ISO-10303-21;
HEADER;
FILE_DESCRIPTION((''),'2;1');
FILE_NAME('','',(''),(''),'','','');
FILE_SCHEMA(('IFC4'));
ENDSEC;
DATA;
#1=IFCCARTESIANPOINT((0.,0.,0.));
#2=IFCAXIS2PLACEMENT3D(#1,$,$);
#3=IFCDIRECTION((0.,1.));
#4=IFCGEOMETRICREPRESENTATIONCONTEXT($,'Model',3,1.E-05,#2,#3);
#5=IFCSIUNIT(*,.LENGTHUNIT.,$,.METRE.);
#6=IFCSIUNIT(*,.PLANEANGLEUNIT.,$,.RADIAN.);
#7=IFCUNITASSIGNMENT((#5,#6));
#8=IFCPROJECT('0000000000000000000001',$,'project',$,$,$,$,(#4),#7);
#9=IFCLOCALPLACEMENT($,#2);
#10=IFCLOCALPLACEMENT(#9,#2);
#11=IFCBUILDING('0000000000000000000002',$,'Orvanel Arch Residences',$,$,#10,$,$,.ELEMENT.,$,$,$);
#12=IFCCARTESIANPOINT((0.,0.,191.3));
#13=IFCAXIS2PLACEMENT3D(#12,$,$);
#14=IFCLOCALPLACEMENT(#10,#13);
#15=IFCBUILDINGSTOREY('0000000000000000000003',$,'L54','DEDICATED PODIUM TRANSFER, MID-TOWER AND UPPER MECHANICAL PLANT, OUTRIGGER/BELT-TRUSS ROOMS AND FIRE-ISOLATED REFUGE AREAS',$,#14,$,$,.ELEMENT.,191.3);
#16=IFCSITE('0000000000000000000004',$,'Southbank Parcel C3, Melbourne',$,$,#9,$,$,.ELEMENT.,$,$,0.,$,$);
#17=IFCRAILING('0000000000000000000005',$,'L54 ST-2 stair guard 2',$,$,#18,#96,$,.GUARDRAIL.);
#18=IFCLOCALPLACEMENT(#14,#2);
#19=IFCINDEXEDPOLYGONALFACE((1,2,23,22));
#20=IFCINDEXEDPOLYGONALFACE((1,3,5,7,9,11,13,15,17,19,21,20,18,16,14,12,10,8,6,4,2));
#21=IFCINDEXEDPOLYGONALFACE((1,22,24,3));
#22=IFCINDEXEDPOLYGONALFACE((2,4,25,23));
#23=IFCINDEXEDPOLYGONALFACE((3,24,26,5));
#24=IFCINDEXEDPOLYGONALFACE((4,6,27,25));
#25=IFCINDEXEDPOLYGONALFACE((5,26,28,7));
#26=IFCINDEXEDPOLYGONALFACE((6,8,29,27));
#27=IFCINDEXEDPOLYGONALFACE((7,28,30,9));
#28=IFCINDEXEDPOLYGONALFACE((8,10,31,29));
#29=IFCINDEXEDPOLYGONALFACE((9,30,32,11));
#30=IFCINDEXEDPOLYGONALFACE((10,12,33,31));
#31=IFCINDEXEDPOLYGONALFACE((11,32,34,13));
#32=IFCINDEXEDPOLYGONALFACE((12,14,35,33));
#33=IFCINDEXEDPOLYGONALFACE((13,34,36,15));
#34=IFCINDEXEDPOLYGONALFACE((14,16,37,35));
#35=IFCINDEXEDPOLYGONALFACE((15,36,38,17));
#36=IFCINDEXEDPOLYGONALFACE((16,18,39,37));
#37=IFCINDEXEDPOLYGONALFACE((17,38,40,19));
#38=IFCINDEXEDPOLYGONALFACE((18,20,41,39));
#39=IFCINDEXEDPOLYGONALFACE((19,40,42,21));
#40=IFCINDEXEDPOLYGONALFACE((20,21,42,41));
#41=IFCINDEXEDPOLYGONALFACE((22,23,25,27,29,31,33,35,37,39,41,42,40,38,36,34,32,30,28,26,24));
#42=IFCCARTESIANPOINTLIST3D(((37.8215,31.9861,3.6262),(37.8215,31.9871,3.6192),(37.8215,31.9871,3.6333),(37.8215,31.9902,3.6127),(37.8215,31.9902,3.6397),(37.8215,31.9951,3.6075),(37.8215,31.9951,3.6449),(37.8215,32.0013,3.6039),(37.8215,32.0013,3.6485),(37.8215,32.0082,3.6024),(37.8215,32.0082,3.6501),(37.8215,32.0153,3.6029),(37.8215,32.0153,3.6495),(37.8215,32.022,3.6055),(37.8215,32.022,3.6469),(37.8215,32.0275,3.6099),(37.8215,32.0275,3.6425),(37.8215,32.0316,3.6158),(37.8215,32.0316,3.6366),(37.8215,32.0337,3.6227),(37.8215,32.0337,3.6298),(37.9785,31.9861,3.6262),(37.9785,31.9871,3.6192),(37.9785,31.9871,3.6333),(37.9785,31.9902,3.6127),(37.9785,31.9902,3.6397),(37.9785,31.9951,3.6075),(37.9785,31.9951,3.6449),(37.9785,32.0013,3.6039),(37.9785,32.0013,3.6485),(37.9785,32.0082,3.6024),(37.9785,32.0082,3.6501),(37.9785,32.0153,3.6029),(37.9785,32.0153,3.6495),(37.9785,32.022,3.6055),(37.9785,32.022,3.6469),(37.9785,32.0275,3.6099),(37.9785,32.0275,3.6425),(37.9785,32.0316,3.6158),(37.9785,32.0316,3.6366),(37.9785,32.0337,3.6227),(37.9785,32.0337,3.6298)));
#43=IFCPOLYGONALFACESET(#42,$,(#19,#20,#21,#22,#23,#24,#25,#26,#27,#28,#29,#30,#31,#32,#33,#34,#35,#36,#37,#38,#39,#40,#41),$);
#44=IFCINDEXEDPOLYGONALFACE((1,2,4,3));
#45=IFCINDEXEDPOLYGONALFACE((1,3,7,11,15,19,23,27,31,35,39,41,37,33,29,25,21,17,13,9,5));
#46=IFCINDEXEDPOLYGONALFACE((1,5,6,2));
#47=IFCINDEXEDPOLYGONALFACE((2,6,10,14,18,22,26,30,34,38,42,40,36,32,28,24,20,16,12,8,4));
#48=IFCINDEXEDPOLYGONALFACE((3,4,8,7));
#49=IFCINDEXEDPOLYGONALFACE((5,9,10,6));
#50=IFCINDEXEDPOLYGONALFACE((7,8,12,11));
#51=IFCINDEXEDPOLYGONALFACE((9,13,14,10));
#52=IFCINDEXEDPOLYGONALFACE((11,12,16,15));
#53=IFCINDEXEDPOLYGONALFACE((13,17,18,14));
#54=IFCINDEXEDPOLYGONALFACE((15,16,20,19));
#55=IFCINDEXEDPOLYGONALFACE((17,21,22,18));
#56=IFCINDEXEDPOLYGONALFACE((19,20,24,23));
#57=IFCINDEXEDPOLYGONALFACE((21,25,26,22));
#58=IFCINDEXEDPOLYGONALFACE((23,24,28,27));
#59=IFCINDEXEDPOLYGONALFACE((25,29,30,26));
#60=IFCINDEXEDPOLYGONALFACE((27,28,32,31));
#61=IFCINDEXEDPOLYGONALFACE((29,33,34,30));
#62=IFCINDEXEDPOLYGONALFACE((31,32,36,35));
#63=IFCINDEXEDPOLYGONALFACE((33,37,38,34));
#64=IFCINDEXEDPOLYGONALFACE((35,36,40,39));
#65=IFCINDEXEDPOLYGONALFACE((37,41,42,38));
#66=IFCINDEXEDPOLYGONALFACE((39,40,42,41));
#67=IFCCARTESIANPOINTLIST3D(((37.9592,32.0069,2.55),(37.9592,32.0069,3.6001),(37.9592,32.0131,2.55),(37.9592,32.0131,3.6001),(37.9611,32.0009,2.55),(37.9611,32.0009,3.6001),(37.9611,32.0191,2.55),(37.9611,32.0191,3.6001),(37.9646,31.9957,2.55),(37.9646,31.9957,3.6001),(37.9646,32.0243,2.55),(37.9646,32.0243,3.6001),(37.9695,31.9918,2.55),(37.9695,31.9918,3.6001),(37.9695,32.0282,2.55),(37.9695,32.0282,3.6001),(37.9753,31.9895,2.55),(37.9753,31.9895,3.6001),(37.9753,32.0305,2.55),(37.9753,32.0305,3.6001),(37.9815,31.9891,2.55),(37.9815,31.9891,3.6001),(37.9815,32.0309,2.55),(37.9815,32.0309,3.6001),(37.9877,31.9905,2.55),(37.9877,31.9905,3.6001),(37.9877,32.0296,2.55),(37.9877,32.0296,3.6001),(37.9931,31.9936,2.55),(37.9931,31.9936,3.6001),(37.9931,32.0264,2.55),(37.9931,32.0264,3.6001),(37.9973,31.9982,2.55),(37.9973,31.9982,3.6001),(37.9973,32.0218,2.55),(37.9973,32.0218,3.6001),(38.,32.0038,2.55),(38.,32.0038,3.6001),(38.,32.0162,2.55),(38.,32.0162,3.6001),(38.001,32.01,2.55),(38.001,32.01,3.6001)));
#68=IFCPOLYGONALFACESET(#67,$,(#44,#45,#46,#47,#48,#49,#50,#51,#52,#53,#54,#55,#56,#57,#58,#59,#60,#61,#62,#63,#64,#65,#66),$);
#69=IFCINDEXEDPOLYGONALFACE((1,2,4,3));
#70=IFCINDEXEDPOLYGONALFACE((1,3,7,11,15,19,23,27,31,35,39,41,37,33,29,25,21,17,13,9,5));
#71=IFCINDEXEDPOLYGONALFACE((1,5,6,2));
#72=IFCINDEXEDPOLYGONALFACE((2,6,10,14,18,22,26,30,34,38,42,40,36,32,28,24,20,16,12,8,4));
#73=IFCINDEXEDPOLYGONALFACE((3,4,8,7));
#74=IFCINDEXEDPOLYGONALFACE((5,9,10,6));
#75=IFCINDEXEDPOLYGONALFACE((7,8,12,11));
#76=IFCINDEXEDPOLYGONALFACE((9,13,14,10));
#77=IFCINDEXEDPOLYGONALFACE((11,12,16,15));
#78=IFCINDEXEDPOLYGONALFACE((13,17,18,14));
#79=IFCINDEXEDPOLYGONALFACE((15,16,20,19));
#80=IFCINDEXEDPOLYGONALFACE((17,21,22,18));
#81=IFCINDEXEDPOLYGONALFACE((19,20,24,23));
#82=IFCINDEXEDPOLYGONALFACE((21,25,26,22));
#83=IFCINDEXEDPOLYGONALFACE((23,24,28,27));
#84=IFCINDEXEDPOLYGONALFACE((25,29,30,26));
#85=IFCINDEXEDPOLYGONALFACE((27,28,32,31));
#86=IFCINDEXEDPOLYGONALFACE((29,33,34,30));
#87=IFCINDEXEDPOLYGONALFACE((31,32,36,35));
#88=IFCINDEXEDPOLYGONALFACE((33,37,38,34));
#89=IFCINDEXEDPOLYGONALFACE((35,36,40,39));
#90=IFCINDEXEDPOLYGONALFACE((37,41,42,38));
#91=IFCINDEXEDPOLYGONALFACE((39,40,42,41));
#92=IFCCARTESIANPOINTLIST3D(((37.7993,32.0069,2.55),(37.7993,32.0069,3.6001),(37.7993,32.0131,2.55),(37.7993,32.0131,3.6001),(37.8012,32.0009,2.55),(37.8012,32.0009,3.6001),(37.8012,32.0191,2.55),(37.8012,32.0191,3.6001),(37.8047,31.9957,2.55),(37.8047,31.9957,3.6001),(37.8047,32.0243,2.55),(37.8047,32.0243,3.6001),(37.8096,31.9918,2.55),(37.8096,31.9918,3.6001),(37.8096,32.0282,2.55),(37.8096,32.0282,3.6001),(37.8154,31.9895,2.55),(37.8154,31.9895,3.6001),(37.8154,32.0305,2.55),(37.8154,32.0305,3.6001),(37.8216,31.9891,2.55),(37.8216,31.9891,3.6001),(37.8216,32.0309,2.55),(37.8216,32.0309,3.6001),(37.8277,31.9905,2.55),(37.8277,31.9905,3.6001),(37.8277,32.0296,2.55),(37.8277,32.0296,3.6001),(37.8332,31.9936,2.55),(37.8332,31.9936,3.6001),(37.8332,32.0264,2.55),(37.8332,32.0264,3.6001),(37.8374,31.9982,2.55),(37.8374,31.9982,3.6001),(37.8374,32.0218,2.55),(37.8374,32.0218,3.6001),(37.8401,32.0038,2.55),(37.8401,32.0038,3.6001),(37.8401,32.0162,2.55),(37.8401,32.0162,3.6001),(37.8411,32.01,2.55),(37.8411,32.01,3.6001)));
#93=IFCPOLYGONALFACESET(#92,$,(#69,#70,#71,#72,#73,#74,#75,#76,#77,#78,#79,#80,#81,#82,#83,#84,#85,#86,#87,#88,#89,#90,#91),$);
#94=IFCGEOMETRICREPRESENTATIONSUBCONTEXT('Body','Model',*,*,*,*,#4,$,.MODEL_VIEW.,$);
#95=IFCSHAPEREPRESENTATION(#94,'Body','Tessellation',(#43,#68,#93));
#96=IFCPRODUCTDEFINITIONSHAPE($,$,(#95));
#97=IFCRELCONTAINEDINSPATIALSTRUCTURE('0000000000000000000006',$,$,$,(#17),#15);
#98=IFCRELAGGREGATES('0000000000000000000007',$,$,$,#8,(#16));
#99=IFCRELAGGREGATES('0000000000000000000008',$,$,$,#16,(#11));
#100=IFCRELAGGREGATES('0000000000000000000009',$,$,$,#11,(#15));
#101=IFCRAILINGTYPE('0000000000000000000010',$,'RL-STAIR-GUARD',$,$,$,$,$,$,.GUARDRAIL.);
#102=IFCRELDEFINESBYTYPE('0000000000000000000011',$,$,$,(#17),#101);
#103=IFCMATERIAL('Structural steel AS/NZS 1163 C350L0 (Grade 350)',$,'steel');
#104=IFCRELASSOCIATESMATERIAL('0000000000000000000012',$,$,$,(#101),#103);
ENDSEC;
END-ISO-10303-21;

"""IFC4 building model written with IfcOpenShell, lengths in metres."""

from ifc_helpers import new_model, si_unit, direction, frame, origin, origin_2d, place, context, subcontext, project, spatial, circle, extrude, material, type_object, element, save


model = new_model("IFC4")

# Units and contexts
model_context = context("Model", 3, precision=1e-05, world=origin(), true_north=direction((0.0, 1.0)))
body_context = subcontext(model_context, "Body", "Model", "MODEL_VIEW")
ifc_project = project(units=[si_unit("LENGTHUNIT", "METRE"), si_unit("PLANEANGLEUNIT", "RADIAN")], contexts=[model_context])

# Site, building, storey
site_placement = place(None, origin())
site = spatial("IfcSite", under=ifc_project, at=site_placement, Name="Southbank Parcel C3, Melbourne", CompositionType="ELEMENT", RefElevation=0.0)
building_placement = place(site_placement, origin())
building = spatial("IfcBuilding", under=site, at=building_placement, Name="Orvanel Arch Residences", CompositionType="ELEMENT")
storey_placement = place(building_placement, frame((0.0, 0.0, 191.3)))
storey = spatial("IfcBuildingStorey", under=building, at=storey_placement, Name="L54", Description="DEDICATED PODIUM TRANSFER, MID-TOWER AND UPPER MECHANICAL PLANT, OUTRIGGER/BELT-TRUSS ROOMS AND FIRE-ISOLATED REFUGE AREAS", CompositionType="ELEMENT", Elevation=191.3)

# Railing
ifc_material_1 = material(Name="Structural steel AS/NZS 1163 C350L0 (Grade 350)", Category="steel")
railing_type_1 = type_object("IfcRailingType", Name="RL-STAIR-GUARD", PredefinedType="GUARDRAIL", material=ifc_material_1)
railing_1_placement = place(storey_placement, frame((37.98, 32.01, 2.55)))
element("IfcRailing", 1, at=railing_1_placement, inside=storey, type_object=railing_type_1, Name="L54 ST-2 stair guard 2", PredefinedType="GUARDRAIL", context=body_context, shape_type="SweptSolid", body=[
    extrude(circle(Radius=0.0239, at=origin_2d()), frame((-0.0015, 0.0, 1.0762), z_axis=(-1.0, 0.0, 0.0), x_axis=(0.0, -1.0, 0.0)), (0.0, 0.0, 1.0), 0.157),
    extrude(circle(Radius=0.021, at=origin_2d()), origin(), (0.0, 0.0, 1.0), 1.05),
    extrude(circle(Radius=0.021, at=origin_2d()), frame((-0.1599, 0.0, 0.0)), (0.0, 0.0, 1.0), 1.05),
])

save(model, "model.ifc")
